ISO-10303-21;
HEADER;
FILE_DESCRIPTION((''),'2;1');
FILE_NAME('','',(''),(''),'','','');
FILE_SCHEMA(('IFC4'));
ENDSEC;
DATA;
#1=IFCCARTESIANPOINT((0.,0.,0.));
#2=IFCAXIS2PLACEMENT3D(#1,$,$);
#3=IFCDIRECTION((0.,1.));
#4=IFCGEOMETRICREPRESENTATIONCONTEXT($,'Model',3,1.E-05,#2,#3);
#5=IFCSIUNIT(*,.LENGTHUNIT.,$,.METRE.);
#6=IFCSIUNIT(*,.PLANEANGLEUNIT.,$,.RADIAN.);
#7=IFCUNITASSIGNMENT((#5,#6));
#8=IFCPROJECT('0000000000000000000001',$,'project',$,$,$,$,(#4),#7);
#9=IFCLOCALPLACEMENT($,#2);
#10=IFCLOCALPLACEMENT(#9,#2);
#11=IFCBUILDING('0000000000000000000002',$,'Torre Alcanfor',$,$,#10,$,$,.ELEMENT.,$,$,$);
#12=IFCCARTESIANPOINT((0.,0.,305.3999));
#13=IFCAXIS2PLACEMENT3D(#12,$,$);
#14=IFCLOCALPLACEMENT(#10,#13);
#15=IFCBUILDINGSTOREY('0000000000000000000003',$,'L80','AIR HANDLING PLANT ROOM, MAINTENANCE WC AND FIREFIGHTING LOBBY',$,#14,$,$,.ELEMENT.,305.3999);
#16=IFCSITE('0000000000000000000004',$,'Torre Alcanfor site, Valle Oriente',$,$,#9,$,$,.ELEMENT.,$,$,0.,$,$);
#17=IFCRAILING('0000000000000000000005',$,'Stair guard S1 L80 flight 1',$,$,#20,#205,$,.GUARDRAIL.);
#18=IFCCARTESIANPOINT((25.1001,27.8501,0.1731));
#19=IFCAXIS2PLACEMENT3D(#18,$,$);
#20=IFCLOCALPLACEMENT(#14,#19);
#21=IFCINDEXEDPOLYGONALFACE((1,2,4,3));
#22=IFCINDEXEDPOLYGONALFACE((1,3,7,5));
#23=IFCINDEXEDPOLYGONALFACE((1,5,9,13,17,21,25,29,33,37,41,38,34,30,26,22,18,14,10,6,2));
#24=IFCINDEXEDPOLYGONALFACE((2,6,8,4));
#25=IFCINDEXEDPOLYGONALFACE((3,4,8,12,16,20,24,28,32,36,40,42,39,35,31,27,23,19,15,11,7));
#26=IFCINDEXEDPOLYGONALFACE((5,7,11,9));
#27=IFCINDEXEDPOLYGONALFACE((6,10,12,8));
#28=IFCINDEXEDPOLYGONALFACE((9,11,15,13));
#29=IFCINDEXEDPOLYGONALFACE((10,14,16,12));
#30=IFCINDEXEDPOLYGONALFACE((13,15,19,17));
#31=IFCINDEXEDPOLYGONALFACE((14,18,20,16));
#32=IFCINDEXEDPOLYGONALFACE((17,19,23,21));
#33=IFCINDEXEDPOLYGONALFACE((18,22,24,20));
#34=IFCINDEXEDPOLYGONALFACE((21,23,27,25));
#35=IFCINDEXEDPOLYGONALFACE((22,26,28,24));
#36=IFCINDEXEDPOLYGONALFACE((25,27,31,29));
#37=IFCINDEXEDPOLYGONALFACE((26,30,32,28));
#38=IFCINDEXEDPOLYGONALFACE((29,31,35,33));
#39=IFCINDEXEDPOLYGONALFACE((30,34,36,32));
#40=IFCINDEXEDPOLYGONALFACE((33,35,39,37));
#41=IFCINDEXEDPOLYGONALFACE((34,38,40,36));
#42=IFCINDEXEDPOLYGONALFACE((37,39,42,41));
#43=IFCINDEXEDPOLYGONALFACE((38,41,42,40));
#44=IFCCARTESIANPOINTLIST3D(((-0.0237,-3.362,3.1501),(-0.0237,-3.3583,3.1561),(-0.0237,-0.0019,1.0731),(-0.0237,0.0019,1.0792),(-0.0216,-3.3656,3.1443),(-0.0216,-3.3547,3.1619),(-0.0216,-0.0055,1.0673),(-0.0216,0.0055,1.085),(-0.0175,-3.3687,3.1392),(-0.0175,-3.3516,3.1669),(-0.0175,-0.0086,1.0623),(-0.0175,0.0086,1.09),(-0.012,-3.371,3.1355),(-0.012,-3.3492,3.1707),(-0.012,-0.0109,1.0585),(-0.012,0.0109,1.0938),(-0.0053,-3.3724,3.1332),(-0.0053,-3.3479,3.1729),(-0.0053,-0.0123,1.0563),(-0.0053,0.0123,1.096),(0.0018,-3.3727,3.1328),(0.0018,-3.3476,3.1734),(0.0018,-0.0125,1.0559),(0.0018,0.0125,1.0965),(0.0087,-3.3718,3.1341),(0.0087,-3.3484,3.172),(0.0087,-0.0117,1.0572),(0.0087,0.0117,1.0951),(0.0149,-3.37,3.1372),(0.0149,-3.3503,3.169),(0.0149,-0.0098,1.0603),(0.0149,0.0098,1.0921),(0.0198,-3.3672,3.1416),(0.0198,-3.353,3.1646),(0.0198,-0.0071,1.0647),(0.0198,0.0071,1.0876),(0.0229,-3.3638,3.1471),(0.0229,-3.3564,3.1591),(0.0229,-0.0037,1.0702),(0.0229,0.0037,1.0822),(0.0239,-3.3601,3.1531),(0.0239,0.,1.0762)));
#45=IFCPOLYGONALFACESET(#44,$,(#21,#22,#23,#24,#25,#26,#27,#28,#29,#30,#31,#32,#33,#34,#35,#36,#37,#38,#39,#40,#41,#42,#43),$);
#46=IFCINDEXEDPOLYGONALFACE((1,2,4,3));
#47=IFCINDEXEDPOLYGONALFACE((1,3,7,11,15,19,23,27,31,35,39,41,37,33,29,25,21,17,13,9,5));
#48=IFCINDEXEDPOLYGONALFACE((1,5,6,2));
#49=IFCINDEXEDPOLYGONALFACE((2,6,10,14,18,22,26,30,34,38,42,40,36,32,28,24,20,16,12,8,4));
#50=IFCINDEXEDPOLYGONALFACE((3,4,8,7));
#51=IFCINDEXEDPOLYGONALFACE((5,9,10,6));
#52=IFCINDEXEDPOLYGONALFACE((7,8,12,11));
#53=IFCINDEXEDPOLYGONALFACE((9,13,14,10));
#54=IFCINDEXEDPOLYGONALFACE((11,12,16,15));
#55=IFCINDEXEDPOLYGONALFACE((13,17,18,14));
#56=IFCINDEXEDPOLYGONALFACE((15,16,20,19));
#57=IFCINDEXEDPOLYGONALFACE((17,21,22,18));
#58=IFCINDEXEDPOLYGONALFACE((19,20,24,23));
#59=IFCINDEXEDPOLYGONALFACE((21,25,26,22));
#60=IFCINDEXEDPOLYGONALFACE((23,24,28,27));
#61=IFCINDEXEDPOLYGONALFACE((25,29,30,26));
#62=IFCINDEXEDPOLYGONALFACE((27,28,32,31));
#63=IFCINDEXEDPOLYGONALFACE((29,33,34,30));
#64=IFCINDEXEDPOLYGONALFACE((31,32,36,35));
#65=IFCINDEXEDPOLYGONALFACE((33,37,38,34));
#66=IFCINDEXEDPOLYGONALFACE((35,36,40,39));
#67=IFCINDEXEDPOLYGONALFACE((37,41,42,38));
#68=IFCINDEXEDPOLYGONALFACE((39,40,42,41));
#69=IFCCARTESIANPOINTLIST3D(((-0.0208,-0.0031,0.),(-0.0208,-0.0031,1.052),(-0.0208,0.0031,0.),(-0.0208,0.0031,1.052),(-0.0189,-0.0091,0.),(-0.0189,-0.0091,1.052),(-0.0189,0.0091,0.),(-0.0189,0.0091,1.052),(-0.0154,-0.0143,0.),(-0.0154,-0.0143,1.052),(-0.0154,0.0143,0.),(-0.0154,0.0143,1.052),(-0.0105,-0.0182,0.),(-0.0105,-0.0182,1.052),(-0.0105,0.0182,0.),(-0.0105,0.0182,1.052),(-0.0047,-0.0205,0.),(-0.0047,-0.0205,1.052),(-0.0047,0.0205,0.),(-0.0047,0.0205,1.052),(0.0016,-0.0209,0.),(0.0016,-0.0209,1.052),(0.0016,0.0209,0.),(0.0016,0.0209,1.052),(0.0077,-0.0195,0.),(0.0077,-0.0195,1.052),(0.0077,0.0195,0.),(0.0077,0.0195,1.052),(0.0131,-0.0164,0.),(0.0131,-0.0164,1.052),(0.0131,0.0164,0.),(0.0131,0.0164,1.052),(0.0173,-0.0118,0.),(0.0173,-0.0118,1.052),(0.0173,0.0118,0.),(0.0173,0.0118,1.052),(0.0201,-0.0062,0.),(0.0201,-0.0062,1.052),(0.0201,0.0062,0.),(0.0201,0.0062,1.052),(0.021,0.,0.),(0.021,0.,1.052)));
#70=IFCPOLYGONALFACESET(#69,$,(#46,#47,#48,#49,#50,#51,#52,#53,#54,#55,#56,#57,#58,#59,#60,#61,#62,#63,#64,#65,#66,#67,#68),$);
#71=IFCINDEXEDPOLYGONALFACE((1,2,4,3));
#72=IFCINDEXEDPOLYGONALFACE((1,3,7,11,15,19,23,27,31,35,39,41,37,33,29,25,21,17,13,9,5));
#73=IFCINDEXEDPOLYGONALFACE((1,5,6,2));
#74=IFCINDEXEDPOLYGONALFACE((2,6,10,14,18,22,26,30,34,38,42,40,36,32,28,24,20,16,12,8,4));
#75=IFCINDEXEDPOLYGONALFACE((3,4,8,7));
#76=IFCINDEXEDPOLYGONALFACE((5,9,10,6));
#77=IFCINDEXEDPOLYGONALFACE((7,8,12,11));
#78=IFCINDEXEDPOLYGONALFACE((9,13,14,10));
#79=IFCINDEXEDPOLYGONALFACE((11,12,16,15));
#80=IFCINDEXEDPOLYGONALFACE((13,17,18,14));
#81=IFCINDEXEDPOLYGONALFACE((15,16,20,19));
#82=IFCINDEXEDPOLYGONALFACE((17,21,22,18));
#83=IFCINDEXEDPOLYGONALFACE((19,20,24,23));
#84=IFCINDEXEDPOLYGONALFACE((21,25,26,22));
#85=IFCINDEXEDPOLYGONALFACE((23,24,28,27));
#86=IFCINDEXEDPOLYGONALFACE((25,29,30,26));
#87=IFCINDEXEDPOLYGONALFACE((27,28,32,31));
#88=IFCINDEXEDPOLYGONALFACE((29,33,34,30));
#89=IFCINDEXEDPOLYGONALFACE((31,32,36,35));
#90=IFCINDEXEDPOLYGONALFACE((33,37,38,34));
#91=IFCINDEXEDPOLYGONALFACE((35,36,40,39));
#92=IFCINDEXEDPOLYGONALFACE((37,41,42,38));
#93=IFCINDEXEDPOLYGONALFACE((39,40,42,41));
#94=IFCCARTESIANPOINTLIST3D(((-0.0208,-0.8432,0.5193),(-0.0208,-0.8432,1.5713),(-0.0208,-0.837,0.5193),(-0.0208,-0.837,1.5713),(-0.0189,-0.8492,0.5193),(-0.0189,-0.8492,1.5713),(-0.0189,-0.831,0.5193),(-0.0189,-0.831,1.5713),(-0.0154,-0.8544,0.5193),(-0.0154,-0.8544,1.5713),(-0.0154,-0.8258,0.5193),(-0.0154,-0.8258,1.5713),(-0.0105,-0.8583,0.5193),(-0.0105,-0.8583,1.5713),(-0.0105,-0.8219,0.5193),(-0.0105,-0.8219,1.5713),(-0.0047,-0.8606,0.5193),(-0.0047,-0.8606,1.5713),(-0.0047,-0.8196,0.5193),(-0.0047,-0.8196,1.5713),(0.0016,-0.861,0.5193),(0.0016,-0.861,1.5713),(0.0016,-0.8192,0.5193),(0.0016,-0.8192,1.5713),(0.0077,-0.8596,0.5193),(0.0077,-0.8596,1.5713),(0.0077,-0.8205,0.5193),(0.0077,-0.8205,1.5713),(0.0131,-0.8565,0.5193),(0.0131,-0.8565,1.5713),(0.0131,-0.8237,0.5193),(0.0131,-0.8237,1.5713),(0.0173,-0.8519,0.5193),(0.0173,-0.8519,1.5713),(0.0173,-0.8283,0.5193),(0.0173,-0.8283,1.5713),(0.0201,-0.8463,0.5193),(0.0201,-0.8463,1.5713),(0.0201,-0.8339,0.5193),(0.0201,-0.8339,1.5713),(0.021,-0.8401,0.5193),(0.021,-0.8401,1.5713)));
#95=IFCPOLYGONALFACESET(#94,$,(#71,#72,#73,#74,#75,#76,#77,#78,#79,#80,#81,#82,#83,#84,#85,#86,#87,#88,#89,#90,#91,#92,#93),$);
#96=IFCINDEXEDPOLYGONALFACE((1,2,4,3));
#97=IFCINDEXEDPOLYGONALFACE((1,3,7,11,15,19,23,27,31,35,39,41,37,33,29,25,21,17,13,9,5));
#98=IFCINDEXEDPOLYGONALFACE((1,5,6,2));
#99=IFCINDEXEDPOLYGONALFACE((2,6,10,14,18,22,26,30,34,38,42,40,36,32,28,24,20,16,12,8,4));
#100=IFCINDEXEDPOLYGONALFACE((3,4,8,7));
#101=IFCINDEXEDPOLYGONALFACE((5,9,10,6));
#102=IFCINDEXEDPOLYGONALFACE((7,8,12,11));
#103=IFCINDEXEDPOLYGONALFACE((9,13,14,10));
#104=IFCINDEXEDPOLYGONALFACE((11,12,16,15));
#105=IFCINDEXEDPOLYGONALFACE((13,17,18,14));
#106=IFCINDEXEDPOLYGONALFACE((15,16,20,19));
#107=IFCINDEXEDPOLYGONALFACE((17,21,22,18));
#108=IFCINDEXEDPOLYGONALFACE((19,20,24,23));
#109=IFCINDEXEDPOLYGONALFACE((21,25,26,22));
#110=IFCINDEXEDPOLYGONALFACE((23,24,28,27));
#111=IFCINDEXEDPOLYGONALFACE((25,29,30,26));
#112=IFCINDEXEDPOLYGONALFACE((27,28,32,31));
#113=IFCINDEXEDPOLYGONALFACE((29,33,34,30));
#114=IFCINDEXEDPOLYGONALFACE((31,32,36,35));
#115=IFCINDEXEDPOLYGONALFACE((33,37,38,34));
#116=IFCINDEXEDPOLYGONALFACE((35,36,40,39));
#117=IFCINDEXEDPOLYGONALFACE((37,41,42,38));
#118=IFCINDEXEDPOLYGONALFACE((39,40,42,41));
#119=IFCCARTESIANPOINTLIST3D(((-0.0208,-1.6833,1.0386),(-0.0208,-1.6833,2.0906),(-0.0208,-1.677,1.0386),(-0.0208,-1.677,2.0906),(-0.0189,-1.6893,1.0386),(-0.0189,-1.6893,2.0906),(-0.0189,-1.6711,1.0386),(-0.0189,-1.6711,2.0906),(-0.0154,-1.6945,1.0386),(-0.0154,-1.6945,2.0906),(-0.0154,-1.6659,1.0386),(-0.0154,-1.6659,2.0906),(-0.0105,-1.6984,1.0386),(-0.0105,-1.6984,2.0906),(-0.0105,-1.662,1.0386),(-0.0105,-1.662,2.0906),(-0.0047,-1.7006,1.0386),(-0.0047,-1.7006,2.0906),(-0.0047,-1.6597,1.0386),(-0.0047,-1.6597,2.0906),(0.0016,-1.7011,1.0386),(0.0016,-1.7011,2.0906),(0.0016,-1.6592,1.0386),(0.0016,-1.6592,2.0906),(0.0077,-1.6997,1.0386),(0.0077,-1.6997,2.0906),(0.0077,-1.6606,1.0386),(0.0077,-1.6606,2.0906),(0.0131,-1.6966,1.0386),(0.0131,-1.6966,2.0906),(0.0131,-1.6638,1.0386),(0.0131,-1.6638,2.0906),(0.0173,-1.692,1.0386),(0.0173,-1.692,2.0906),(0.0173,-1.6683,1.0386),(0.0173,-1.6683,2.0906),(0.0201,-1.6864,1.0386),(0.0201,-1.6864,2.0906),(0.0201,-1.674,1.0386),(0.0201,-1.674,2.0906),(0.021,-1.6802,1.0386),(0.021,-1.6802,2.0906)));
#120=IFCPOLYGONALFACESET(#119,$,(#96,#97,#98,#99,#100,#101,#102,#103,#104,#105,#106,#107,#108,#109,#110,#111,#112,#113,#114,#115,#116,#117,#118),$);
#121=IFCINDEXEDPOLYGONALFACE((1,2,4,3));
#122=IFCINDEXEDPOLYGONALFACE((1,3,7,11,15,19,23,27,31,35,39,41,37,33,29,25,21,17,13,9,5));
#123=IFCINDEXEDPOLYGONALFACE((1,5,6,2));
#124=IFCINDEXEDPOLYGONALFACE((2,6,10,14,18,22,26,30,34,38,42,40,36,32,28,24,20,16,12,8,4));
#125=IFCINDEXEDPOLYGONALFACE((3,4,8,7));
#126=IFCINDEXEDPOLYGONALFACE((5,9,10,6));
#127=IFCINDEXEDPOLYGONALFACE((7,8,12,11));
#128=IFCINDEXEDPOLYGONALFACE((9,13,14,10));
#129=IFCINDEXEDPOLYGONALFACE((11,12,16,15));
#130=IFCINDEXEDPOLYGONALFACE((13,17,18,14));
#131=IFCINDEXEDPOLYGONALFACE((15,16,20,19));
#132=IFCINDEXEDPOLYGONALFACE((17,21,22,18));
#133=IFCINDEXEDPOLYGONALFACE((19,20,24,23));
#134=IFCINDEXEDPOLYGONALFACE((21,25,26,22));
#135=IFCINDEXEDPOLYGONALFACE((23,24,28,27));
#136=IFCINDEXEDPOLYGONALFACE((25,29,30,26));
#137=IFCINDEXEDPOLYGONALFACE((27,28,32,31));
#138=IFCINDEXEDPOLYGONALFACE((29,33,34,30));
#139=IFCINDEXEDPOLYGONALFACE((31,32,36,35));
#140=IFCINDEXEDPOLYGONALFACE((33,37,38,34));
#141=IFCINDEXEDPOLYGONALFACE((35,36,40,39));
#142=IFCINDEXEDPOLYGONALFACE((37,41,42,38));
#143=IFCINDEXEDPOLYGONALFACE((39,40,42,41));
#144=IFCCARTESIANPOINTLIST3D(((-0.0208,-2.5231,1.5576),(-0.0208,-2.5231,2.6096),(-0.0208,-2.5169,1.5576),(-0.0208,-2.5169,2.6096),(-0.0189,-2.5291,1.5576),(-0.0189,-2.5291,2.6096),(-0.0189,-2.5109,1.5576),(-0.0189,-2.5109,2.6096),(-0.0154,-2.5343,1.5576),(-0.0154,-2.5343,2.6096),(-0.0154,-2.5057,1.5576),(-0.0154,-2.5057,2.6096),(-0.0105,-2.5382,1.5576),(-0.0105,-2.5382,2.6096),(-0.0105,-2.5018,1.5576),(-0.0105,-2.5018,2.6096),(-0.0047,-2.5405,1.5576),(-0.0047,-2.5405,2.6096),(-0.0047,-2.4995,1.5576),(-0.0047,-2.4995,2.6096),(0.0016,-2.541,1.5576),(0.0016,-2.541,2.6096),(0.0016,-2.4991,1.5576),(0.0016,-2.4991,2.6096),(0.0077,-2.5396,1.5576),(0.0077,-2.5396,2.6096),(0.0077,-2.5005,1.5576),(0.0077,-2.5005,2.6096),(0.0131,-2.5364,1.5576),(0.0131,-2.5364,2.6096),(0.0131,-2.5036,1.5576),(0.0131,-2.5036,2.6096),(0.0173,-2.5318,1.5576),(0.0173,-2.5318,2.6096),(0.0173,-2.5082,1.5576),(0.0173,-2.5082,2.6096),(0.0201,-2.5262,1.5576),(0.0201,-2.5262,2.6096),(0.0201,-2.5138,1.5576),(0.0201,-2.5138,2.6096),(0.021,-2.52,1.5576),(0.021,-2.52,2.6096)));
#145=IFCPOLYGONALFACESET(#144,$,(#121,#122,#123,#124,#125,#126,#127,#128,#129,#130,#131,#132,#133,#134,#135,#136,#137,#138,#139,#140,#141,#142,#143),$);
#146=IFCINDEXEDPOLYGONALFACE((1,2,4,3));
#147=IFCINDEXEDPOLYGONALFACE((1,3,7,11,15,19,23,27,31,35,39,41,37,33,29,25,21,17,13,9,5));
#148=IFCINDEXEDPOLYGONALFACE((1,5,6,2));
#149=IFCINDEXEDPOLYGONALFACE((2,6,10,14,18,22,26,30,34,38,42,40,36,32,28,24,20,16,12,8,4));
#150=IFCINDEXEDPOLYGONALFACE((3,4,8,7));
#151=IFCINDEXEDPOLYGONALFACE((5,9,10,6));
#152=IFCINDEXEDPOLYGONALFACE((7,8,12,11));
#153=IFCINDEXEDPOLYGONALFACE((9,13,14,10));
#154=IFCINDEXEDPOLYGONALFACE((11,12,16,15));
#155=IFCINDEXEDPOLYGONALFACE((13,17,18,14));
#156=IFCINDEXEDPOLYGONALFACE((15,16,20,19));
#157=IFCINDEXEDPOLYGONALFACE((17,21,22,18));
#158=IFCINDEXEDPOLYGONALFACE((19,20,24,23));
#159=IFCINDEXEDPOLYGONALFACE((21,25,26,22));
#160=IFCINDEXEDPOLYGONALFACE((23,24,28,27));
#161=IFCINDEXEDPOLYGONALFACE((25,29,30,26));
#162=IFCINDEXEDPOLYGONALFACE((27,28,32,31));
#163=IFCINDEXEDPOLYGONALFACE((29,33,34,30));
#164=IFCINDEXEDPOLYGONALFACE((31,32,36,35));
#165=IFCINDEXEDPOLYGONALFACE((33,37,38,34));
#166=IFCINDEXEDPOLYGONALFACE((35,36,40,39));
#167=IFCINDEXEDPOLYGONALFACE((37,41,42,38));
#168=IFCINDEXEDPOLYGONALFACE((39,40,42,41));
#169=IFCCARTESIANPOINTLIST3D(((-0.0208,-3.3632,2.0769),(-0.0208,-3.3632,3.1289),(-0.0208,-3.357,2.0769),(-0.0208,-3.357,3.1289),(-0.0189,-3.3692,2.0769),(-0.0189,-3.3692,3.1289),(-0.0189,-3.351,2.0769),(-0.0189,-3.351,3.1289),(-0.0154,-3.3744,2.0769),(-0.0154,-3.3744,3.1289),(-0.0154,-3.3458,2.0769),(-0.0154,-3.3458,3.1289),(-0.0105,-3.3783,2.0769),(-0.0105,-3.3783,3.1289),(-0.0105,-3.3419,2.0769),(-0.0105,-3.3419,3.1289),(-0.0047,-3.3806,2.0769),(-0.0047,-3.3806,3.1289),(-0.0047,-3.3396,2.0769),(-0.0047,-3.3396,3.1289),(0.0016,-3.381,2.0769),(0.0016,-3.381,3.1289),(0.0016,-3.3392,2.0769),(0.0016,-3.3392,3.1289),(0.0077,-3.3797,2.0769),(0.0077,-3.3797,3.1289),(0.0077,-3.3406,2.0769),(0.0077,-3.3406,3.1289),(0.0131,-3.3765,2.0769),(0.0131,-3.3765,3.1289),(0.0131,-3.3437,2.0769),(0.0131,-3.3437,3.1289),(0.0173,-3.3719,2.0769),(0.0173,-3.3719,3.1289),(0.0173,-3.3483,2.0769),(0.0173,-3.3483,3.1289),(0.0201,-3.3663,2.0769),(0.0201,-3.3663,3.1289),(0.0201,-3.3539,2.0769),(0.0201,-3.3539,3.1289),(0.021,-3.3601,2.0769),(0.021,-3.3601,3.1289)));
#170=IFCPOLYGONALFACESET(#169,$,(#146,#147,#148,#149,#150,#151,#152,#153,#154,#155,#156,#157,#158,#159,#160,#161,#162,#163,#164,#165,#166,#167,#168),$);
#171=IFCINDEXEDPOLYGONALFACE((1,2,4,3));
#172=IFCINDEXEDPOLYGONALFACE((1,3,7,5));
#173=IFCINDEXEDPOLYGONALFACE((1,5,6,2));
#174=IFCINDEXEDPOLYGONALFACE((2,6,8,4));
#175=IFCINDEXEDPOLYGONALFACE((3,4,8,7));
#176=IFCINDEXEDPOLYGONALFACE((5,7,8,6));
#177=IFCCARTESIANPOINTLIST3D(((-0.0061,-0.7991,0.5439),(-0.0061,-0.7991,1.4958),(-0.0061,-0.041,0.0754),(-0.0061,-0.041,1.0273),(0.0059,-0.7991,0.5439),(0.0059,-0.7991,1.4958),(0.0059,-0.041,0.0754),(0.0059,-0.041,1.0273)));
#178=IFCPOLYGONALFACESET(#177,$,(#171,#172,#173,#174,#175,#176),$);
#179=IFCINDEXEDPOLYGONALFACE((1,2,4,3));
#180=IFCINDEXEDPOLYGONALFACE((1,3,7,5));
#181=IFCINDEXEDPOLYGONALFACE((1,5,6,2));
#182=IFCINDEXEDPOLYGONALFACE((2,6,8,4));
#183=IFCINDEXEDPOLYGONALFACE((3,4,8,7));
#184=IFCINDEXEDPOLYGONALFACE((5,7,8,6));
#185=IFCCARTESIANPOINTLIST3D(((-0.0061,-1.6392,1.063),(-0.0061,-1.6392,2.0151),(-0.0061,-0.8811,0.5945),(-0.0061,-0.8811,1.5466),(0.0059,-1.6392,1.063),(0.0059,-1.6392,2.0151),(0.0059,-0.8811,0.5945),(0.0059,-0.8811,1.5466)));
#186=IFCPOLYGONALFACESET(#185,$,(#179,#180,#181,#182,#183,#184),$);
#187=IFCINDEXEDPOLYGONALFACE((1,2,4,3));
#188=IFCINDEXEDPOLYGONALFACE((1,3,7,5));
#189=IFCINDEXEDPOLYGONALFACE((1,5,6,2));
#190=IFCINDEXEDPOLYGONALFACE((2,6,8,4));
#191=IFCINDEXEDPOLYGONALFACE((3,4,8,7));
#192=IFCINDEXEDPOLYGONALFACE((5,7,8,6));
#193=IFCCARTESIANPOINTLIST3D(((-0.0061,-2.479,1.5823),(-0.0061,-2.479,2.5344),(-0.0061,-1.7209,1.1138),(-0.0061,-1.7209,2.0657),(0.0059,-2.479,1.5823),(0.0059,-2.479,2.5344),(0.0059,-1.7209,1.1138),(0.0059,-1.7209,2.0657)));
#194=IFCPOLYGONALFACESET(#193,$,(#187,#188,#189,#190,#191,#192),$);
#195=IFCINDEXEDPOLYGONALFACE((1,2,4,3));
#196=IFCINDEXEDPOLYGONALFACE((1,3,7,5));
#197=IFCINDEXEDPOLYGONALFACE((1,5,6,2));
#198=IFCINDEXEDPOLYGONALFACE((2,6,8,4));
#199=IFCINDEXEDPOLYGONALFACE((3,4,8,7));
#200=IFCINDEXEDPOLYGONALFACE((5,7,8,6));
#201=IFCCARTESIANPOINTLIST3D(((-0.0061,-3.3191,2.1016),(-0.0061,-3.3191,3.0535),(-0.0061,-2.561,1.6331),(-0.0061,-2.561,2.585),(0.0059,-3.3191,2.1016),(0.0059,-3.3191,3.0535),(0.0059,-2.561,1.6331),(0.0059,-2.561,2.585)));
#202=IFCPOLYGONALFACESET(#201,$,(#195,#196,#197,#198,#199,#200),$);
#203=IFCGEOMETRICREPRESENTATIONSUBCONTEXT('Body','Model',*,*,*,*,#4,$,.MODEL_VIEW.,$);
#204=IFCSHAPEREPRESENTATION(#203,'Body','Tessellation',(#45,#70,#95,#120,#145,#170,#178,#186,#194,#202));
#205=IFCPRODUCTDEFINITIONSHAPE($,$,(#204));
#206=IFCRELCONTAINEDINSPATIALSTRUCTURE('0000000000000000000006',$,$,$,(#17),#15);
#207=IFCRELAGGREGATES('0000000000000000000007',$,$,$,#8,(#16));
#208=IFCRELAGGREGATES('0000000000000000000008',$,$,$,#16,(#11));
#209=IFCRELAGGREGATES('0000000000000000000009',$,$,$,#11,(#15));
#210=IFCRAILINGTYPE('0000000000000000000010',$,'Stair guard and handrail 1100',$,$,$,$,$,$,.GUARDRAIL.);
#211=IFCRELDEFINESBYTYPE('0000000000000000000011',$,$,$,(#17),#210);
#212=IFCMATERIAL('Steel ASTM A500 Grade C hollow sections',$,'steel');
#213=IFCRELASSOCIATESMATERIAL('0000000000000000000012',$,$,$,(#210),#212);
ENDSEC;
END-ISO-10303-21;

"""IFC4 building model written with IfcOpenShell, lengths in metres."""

from ifc_helpers import new_model, si_unit, direction, frame, origin, origin_2d, place, context, subcontext, project, spatial, polyline, circle, outline, extrude, material, type_object, element, save


model = new_model("IFC4")

# Units and contexts
model_context = context("Model", 3, precision=1e-05, world=origin(), true_north=direction((0.0, 1.0)))
body_context = subcontext(model_context, "Body", "Model", "MODEL_VIEW")
ifc_project = project(units=[si_unit("LENGTHUNIT", "METRE"), si_unit("PLANEANGLEUNIT", "RADIAN")], contexts=[model_context])

# Site, building, storey
site_placement = place(None, origin())
site = spatial("IfcSite", under=ifc_project, at=site_placement, Name="Torre Alcanfor site, Valle Oriente", CompositionType="ELEMENT", RefElevation=0.0)
building_placement = place(site_placement, origin())
building = spatial("IfcBuilding", under=site, at=building_placement, Name="Torre Alcanfor", CompositionType="ELEMENT")
storey_placement = place(building_placement, frame((0.0, 0.0, 305.3999)))
storey = spatial("IfcBuildingStorey", under=building, at=storey_placement, Name="L80", Description="AIR HANDLING PLANT ROOM, MAINTENANCE WC AND FIREFIGHTING LOBBY", CompositionType="ELEMENT", Elevation=305.3999)

# Railing
ifc_material_1 = material(Name="Steel ASTM A500 Grade C hollow sections", Category="steel")
railing_type_1 = type_object("IfcRailingType", Name="Stair guard and handrail 1100", PredefinedType="GUARDRAIL", material=ifc_material_1)
railing_1_placement = place(storey_placement, frame((25.1001, 27.8501, 0.1731)))
element("IfcRailing", 1, at=railing_1_placement, inside=storey, type_object=railing_type_1, Name="Stair guard S1 L80 flight 1", PredefinedType="GUARDRAIL", context=body_context, shape_type="SweptSolid", body=[
    extrude(circle(Radius=0.0239, at=origin_2d()), frame((0.0, 0.0, 1.0762), z_axis=(0.0, -0.850623, 0.525776), x_axis=(1.0, 0.0, 0.0)), (0.0, 0.0, 1.0), 3.9502),
    extrude(circle(Radius=0.021, at=origin_2d()), origin(), (0.0, 0.0, 1.0), 1.052),
    extrude(circle(Radius=0.021, at=origin_2d()), frame((0.0, -0.8401, 0.5193)), (0.0, 0.0, 1.0), 1.052),
    extrude(circle(Radius=0.021, at=origin_2d()), frame((0.0, -1.6802, 1.0386)), (0.0, 0.0, 1.0), 1.052),
    extrude(circle(Radius=0.021, at=origin_2d()), frame((0.0, -2.52, 1.5576)), (0.0, 0.0, 1.0), 1.052),
    extrude(circle(Radius=0.021, at=origin_2d()), frame((0.0, -3.3601, 2.0769)), (0.0, 0.0, 1.0), 1.052),
    extrude(outline(polyline([(0.041, 0.0754), (0.7991, 0.5439), (0.7991, 1.4958), (0.041, 1.0273), (0.041, 0.0754)])), frame((0.0059, 0.0, 0.0), z_axis=(-1.0, 0.0, 0.0), x_axis=(0.0, -1.0, 0.0)), (0.0, 0.0, 1.0), 0.012),
    extrude(outline(polyline([(0.8811, 0.5945), (1.6392, 1.063), (1.6392, 2.0151), (0.8811, 1.5466), (0.8811, 0.5945)])), frame((0.0059, 0.0, 0.0), z_axis=(-1.0, 0.0, 0.0), x_axis=(0.0, -1.0, 0.0)), (0.0, 0.0, 1.0), 0.012),
    extrude(outline(polyline([(1.7209, 1.1138), (2.479, 1.5823), (2.479, 2.5344), (1.7209, 2.0657), (1.7209, 1.1138)])), frame((0.0059, 0.0, 0.0), z_axis=(-1.0, 0.0, 0.0), x_axis=(0.0, -1.0, 0.0)), (0.0, 0.0, 1.0), 0.012),
    extrude(outline(polyline([(2.561, 1.6331), (3.3191, 2.1016), (3.3191, 3.0535), (2.561, 2.585), (2.561, 1.6331)])), frame((0.0059, 0.0, 0.0), z_axis=(-1.0, 0.0, 0.0), x_axis=(0.0, -1.0, 0.0)), (0.0, 0.0, 1.0), 0.012),
])

save(model, "model.ifc")
